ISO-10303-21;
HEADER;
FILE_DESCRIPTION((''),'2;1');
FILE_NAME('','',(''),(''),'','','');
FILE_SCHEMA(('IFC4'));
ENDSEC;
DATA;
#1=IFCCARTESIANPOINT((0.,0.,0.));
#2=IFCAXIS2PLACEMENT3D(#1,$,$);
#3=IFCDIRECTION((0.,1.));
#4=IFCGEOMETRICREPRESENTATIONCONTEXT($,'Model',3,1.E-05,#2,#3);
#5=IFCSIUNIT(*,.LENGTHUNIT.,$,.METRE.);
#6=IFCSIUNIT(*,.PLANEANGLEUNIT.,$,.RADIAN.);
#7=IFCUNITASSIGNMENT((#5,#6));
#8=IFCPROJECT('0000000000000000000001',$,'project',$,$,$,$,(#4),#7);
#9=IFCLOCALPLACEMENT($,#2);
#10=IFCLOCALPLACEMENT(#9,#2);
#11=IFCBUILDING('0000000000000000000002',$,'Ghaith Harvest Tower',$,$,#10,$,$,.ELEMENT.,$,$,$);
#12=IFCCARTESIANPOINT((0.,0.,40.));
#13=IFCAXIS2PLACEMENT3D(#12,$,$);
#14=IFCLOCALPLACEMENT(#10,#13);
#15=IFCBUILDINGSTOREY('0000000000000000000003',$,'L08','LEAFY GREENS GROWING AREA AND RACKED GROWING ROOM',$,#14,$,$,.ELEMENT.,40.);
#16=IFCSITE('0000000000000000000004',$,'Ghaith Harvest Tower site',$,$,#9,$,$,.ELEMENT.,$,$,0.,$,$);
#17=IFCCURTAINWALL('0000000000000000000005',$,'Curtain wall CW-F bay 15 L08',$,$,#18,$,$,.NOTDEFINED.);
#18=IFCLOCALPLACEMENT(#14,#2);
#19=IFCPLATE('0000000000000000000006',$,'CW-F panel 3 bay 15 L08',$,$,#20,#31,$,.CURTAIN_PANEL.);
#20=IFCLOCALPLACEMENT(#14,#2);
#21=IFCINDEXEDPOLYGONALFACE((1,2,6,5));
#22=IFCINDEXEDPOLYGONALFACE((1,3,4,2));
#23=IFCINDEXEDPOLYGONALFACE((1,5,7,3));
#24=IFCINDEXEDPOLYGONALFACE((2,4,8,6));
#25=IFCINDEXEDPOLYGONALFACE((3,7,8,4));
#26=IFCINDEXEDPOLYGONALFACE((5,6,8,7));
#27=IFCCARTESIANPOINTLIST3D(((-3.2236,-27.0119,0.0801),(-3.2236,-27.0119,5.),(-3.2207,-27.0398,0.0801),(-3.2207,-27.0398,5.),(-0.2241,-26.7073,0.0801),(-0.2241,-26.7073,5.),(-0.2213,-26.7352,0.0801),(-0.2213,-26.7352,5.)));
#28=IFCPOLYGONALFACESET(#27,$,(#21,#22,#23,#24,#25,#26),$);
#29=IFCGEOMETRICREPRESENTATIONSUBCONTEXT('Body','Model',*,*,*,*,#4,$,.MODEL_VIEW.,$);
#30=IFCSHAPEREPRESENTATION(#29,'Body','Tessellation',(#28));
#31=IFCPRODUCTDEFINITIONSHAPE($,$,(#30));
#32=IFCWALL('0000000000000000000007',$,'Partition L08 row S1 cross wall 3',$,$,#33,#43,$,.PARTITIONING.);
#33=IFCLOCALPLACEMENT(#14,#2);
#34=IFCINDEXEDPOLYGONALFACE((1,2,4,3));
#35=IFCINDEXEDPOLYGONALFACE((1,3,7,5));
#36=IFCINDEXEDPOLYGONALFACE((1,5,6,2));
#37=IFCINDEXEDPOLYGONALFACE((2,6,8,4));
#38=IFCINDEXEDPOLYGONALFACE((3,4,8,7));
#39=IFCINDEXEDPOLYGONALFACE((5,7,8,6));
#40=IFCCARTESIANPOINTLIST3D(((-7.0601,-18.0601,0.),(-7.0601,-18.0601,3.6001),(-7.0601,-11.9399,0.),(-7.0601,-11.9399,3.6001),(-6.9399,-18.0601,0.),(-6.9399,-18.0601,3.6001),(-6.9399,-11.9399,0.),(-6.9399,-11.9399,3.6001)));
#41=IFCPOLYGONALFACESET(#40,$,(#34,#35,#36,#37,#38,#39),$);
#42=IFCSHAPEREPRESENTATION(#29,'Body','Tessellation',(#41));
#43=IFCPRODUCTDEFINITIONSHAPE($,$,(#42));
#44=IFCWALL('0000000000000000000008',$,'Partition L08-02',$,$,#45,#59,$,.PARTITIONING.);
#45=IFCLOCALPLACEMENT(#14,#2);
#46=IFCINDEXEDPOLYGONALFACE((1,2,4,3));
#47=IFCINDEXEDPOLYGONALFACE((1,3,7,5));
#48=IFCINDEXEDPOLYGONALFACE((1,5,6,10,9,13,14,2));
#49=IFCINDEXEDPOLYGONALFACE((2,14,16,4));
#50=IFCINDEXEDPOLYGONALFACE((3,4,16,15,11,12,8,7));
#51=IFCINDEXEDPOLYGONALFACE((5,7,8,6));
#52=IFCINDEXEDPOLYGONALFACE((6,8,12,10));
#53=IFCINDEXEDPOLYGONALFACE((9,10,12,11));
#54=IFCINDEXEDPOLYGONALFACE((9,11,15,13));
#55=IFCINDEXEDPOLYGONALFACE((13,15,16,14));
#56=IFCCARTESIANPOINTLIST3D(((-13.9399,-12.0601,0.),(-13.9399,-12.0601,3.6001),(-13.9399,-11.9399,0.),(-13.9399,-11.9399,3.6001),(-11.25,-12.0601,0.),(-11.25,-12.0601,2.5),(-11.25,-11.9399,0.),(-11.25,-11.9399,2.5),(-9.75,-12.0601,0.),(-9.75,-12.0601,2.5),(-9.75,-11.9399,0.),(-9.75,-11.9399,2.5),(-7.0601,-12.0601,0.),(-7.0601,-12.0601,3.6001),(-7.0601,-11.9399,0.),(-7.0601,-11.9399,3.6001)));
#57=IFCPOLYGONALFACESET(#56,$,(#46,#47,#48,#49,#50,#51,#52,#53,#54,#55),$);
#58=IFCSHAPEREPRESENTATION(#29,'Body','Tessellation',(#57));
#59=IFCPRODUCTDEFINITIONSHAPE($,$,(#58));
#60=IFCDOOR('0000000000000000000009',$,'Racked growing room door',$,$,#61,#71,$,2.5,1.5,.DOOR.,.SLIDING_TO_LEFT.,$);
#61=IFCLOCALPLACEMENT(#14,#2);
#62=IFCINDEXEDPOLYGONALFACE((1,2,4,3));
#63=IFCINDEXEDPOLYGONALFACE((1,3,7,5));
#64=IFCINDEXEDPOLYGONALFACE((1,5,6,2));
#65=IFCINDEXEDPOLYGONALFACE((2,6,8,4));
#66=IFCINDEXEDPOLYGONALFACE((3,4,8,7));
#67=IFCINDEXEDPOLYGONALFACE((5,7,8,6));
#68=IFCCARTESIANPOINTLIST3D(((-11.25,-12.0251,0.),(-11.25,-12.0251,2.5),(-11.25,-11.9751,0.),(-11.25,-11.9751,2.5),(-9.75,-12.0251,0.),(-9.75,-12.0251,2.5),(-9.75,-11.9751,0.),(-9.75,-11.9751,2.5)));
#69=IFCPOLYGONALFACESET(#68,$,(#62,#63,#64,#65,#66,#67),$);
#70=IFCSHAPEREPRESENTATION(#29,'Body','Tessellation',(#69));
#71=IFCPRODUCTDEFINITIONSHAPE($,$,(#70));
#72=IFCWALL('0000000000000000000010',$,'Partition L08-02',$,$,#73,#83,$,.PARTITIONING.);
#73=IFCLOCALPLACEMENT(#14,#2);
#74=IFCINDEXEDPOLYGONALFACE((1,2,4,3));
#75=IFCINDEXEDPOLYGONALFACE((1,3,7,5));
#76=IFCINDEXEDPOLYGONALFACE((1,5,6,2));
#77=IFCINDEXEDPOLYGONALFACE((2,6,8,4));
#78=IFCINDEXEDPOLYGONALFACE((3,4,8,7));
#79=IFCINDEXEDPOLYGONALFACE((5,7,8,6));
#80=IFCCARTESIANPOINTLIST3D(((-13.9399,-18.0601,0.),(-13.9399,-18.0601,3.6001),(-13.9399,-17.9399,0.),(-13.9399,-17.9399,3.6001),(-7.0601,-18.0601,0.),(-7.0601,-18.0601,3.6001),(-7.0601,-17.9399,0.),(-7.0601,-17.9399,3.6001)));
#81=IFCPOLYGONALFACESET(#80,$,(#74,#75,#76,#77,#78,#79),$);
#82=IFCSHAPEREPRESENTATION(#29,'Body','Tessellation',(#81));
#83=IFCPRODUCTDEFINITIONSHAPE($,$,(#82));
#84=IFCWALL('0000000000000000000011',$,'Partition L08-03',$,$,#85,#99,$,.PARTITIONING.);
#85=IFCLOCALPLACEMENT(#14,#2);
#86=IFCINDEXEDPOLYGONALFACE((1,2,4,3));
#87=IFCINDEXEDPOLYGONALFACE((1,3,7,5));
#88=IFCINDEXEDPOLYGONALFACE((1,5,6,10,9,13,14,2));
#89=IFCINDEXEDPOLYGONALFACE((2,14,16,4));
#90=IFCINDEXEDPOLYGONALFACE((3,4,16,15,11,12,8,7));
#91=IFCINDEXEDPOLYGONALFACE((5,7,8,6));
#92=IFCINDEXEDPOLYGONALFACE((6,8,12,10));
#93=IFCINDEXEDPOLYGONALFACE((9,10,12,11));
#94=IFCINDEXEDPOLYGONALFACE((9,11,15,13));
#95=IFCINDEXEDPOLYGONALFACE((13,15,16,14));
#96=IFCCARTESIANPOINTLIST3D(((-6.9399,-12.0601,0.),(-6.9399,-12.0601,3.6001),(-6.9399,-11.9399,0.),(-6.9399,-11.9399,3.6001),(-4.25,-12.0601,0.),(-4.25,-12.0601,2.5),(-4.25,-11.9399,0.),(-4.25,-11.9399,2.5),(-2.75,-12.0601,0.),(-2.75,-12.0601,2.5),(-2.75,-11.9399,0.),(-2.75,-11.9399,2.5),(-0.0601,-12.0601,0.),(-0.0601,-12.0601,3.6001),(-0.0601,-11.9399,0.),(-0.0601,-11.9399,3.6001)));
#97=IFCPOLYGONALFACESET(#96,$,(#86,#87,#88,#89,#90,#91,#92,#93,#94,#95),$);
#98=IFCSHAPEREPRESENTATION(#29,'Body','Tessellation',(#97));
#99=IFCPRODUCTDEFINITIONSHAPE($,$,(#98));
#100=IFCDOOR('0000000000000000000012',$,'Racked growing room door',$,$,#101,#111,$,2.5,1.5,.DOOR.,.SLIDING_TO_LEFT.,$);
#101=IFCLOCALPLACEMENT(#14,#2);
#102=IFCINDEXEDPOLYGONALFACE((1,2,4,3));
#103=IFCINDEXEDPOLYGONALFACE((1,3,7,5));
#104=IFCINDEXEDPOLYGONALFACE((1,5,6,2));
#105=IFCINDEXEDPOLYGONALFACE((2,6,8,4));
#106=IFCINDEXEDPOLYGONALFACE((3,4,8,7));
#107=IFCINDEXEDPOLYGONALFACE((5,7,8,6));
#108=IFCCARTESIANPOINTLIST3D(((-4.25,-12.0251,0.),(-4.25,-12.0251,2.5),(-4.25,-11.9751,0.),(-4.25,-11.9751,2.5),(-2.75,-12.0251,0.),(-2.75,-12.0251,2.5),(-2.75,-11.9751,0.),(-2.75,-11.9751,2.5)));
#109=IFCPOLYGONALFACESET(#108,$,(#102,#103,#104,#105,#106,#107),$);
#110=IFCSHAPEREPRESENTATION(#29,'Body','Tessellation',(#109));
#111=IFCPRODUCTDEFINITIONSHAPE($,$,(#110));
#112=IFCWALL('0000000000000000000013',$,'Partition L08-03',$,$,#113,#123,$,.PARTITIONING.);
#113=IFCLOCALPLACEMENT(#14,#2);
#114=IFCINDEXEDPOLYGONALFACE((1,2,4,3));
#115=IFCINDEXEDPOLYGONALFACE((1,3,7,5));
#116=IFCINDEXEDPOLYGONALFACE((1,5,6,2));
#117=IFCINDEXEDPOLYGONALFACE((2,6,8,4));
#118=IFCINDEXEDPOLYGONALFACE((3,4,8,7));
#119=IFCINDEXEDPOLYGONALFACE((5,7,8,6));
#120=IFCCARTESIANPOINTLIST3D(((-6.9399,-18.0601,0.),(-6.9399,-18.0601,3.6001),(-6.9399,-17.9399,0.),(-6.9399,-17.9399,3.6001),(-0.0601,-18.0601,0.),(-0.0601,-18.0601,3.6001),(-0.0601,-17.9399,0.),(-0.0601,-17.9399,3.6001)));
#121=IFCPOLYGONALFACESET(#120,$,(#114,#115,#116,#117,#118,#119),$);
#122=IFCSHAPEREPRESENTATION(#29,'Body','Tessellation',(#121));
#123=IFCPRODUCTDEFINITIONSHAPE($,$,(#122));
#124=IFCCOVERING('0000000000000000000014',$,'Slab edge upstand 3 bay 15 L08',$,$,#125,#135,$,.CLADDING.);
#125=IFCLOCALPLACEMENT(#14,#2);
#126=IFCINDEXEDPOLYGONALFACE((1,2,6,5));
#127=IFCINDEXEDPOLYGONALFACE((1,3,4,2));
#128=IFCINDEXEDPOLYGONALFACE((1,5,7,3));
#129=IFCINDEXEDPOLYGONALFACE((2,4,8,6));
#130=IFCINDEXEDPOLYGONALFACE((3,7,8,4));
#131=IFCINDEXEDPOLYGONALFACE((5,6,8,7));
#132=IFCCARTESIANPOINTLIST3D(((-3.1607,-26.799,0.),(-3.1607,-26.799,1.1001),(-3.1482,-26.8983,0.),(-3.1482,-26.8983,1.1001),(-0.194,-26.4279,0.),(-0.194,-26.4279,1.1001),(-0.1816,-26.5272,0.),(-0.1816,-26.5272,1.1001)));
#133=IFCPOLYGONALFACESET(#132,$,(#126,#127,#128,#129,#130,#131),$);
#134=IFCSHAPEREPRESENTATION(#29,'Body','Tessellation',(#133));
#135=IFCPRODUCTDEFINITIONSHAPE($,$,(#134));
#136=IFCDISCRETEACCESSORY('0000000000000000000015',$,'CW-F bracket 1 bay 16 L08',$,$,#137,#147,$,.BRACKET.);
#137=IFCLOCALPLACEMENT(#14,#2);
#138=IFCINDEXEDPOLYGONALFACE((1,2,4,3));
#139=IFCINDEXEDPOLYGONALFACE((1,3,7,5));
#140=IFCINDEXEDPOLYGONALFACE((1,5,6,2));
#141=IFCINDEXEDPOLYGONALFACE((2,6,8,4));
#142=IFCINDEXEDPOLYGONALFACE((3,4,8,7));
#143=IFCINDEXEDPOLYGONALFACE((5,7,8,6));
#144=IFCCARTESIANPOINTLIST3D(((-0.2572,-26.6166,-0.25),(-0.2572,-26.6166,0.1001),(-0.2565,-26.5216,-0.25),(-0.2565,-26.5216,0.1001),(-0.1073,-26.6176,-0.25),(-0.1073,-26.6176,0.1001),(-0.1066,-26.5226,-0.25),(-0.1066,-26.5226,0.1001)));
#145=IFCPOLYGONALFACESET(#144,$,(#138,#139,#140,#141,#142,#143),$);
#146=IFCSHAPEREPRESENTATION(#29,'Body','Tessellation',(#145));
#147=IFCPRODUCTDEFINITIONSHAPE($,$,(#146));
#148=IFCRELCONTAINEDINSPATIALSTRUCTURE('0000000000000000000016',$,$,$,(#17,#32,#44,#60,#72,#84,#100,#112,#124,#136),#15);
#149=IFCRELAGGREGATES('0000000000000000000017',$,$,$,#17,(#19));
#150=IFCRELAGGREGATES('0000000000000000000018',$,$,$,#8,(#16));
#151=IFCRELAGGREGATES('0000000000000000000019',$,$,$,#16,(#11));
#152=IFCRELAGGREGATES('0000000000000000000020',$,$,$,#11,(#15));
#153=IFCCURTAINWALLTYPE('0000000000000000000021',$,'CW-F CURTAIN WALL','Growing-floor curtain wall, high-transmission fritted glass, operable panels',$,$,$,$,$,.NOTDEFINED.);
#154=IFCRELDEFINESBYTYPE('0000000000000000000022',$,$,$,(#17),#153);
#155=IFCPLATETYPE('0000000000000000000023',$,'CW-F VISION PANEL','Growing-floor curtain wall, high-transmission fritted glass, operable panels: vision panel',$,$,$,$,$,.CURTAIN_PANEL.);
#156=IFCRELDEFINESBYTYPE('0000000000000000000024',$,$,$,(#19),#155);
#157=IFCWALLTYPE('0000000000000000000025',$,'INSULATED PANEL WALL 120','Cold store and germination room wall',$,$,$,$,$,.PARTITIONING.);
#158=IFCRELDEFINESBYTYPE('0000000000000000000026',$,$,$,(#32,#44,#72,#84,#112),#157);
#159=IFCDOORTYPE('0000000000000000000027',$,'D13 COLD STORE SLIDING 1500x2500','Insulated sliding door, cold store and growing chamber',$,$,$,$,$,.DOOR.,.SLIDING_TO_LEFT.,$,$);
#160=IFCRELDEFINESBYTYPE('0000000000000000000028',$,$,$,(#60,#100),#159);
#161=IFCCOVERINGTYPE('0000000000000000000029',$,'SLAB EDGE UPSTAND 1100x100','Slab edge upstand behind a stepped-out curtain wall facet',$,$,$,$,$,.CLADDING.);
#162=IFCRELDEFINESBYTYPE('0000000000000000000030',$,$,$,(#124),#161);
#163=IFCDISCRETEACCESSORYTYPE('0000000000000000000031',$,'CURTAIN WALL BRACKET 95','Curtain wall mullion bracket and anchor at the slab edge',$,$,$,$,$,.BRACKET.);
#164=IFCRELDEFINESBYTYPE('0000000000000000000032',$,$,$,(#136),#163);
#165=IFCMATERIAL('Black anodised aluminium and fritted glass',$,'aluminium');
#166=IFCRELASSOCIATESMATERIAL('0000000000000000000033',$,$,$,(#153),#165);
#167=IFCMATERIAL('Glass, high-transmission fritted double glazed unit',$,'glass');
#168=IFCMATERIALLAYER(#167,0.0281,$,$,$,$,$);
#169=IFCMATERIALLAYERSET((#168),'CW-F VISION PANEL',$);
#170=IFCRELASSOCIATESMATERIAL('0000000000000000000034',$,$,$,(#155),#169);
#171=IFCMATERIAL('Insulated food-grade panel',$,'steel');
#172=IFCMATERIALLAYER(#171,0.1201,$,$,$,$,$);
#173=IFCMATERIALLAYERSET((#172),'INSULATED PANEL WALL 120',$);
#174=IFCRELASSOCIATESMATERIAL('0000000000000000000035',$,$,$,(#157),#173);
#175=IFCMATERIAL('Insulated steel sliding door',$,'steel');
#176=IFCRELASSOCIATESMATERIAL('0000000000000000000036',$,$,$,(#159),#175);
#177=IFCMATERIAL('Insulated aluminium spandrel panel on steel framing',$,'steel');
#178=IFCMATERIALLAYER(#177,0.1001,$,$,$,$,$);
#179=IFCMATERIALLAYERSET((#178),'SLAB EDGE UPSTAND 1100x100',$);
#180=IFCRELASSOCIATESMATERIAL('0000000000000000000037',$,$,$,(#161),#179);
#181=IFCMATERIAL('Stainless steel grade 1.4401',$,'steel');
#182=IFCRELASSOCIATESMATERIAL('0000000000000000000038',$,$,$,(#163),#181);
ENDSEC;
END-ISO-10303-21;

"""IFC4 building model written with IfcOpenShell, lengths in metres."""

from ifc_helpers import new_model, si_unit, direction, frame, frame_2d, origin, origin_2d, place, context, subcontext, project, spatial, rectangle, extrude, material, layer, layer_set, type_object, element, fill, aggregate, save


model = new_model("IFC4")

# Units and contexts
model_context = context("Model", 3, precision=1e-05, world=origin(), true_north=direction((0.0, 1.0)))
body_context = subcontext(model_context, "Body", "Model", "MODEL_VIEW")
ifc_project = project(units=[si_unit("LENGTHUNIT", "METRE"), si_unit("PLANEANGLEUNIT", "RADIAN")], contexts=[model_context])

# Site, building, storey
site_placement = place(None, origin())
site = spatial("IfcSite", under=ifc_project, at=site_placement, Name="Ghaith Harvest Tower site", CompositionType="ELEMENT", RefElevation=0.0)
building_placement = place(site_placement, origin())
building = spatial("IfcBuilding", under=site, at=building_placement, Name="Ghaith Harvest Tower", CompositionType="ELEMENT")
storey_placement = place(building_placement, frame((0.0, 0.0, 40.0)))
storey = spatial("IfcBuildingStorey", under=building, at=storey_placement, Name="L08", Description="LEAFY GREENS GROWING AREA AND RACKED GROWING ROOM", CompositionType="ELEMENT", Elevation=40.0)

# Shared definitions
ifc_material_1 = material(Name="Black anodised aluminium and fritted glass", Category="aluminium")
curtain_wall_type = type_object("IfcCurtainWallType", Name="CW-F CURTAIN WALL", Description="Growing-floor curtain wall, high-transmission fritted glass, operable panels", PredefinedType="NOTDEFINED", material=ifc_material_1)

# Curtain wall
curtain_wall_1_placement = place(storey_placement, origin())
curtain_wall_1 = element("IfcCurtainWall", 1, at=curtain_wall_1_placement, inside=storey, type_object=curtain_wall_type, Name="Curtain wall CW-F bay 15 L08", PredefinedType="NOTDEFINED")

# Plate
ifc_material_2 = material(Name="Glass, high-transmission fritted double glazed unit", Category="glass")
ifc_layer_1 = layer(ifc_material_2, 0.0281)
ifc_layer_set_1 = layer_set([ifc_layer_1], Name="CW-F VISION PANEL")
plate_type = type_object("IfcPlateType", Name="CW-F VISION PANEL", Description="Growing-floor curtain wall, high-transmission fritted glass, operable panels: vision panel", PredefinedType="CURTAIN_PANEL", material=ifc_layer_set_1)
plate_1_placement = place(storey_placement, frame((-1.7224, -26.8735, 0.0801), z_axis=(0.0, 0.0, 1.0), x_axis=(0.994882, 0.101041, 0.0)))
plate_1 = element("IfcPlate", 2, at=plate_1_placement, type_object=plate_type, Name="CW-F panel 3 bay 15 L08", PredefinedType="CURTAIN_PANEL", context=body_context, shape_type="SweptSolid", body=[
    extrude(rectangle(XDim=3.0149, YDim=0.0281, at=origin_2d()), origin(), (0.0, 0.0, 1.0), 4.9199),
])
aggregate(curtain_wall_1, [plate_1])

# Wall
ifc_material_3 = material(Name="Insulated food-grade panel", Category="steel")
ifc_layer_2 = layer(ifc_material_3, 0.1201)
ifc_layer_set_2 = layer_set([ifc_layer_2], Name="INSULATED PANEL WALL 120")
wall_type = type_object("IfcWallType", Name="INSULATED PANEL WALL 120", Description="Cold store and germination room wall", PredefinedType="PARTITIONING", material=ifc_layer_set_2)
wall_1_placement = place(storey_placement, frame((-7.0, -11.9399, 0.0), z_axis=(0.0, 0.0, 1.0), x_axis=(0.0, -1.0, 0.0)))
element("IfcWall", 3, at=wall_1_placement, inside=storey, type_object=wall_type, Name="Partition L08 row S1 cross wall 3", PredefinedType="PARTITIONING", context=body_context, shape_type="SweptSolid", body=[
    extrude(rectangle(XDim=6.1201, YDim=0.1201, at=frame_2d((3.0601, 0.0))), origin(), (0.0, 0.0, 1.0), 3.6001),
])

# Wall, opening, door
wall_2_placement = place(storey_placement, frame((-13.9399, -12.0, 0.0), z_axis=(0.0, 0.0, 1.0), x_axis=(1.0, 0.0, 0.0)))
wall_2 = element("IfcWall", 4, at=wall_2_placement, inside=storey, type_object=wall_type, Name="Partition L08-02", PredefinedType="PARTITIONING", context=body_context, shape_type="SweptSolid", body=[
    extrude(rectangle(XDim=6.8799, YDim=0.1201, at=frame_2d((3.4399, 0.0))), origin(), (0.0, 0.0, 1.0), 3.6001),
])
opening_1_placement = place(wall_2_placement, frame((2.6899, 0.0, 0.0)))
opening_1 = element("IfcOpeningElement", 5, at=opening_1_placement, cuts=wall_2, PredefinedType="OPENING", context=body_context, shape_type="SweptSolid", body=[
    extrude(rectangle(XDim=1.5, YDim=2.5, at=frame_2d((0.75, 1.25))), frame((0.0, 0.0701, 0.0), z_axis=(0.0, -1.0, 0.0), x_axis=(1.0, 0.0, 0.0)), (0.0, 0.0, 1.0), 0.1401),
])
ifc_material_4 = material(Name="Insulated steel sliding door", Category="steel")
door_type = type_object("IfcDoorType", Name="D13 COLD STORE SLIDING 1500x2500", Description="Insulated sliding door, cold store and growing chamber", OperationType="SLIDING_TO_LEFT", PredefinedType="DOOR", material=ifc_material_4)
door_1_placement = place(opening_1_placement, origin())
door_1 = element("IfcDoor", 6, at=door_1_placement, inside=storey, type_object=door_type, Name="Racked growing room door", OperationType="SLIDING_TO_LEFT", OverallHeight=2.5, OverallWidth=1.5, PredefinedType="DOOR", context=body_context, shape_type="SweptSolid", body=[
    extrude(rectangle(XDim=1.5, YDim=2.5, at=frame_2d((0.75, 1.25))), frame((0.0, 0.0249, 0.0), z_axis=(0.0, -1.0, 0.0), x_axis=(1.0, 0.0, 0.0)), (0.0, 0.0, 1.0), 0.05),
])
fill(opening_1, door_1)

# Wall
wall_3_placement = place(storey_placement, frame((-13.9399, -18.0, 0.0), z_axis=(0.0, 0.0, 1.0), x_axis=(1.0, 0.0, 0.0)))
element("IfcWall", 7, at=wall_3_placement, inside=storey, type_object=wall_type, Name="Partition L08-02", PredefinedType="PARTITIONING", context=body_context, shape_type="SweptSolid", body=[
    extrude(rectangle(XDim=6.8799, YDim=0.1201, at=frame_2d((3.4399, 0.0))), origin(), (0.0, 0.0, 1.0), 3.6001),
])

# Wall, opening, door
wall_4_placement = place(storey_placement, frame((-6.9399, -12.0, 0.0), z_axis=(0.0, 0.0, 1.0), x_axis=(1.0, 0.0, 0.0)))
wall_4 = element("IfcWall", 8, at=wall_4_placement, inside=storey, type_object=wall_type, Name="Partition L08-03", PredefinedType="PARTITIONING", context=body_context, shape_type="SweptSolid", body=[
    extrude(rectangle(XDim=6.8799, YDim=0.1201, at=frame_2d((3.4399, 0.0))), origin(), (0.0, 0.0, 1.0), 3.6001),
])
opening_2_placement = place(wall_4_placement, frame((2.6899, 0.0, 0.0)))
opening_2 = element("IfcOpeningElement", 9, at=opening_2_placement, cuts=wall_4, PredefinedType="OPENING", context=body_context, shape_type="SweptSolid", body=[
    extrude(rectangle(XDim=1.5, YDim=2.5, at=frame_2d((0.75, 1.25))), frame((0.0, 0.0701, 0.0), z_axis=(0.0, -1.0, 0.0), x_axis=(1.0, 0.0, 0.0)), (0.0, 0.0, 1.0), 0.1401),
])
door_2_placement = place(opening_2_placement, origin())
door_2 = element("IfcDoor", 10, at=door_2_placement, inside=storey, type_object=door_type, Name="Racked growing room door", OperationType="SLIDING_TO_LEFT", OverallHeight=2.5, OverallWidth=1.5, PredefinedType="DOOR", context=body_context, shape_type="SweptSolid", body=[
    extrude(rectangle(XDim=1.5, YDim=2.5, at=frame_2d((0.75, 1.25))), frame((0.0, 0.0249, 0.0), z_axis=(0.0, -1.0, 0.0), x_axis=(1.0, 0.0, 0.0)), (0.0, 0.0, 1.0), 0.05),
])
fill(opening_2, door_2)

# Wall
wall_5_placement = place(storey_placement, frame((-6.9399, -18.0, 0.0), z_axis=(0.0, 0.0, 1.0), x_axis=(1.0, 0.0, 0.0)))
element("IfcWall", 11, at=wall_5_placement, inside=storey, type_object=wall_type, Name="Partition L08-03", PredefinedType="PARTITIONING", context=body_context, shape_type="SweptSolid", body=[
    extrude(rectangle(XDim=6.8799, YDim=0.1201, at=frame_2d((3.4399, 0.0))), origin(), (0.0, 0.0, 1.0), 3.6001),
])

# Covering
ifc_material_5 = material(Name="Insulated aluminium spandrel panel on steel framing", Category="steel")
ifc_layer_3 = layer(ifc_material_5, 0.1001)
ifc_layer_set_3 = layer_set([ifc_layer_3], Name="SLAB EDGE UPSTAND 1100x100")
covering_type = type_object("IfcCoveringType", Name="SLAB EDGE UPSTAND 1100x100", Description="Slab edge upstand behind a stepped-out curtain wall facet", PredefinedType="CLADDING", material=ifc_layer_set_3)
covering_placement = place(storey_placement, frame((-1.6711, -26.6631, 0.0), z_axis=(0.0, 0.0, 1.0), x_axis=(0.992265, 0.124139, 0.0)))
element("IfcCovering", 12, at=covering_placement, inside=storey, type_object=covering_type, Name="Slab edge upstand 3 bay 15 L08", PredefinedType="CLADDING", context=body_context, shape_type="SweptSolid", body=[
    extrude(rectangle(XDim=2.9897, YDim=0.1001, at=origin_2d()), origin(), (0.0, 0.0, 1.0), 1.1001),
])

# Discrete accessory
ifc_material_6 = material(Name="Stainless steel grade 1.4401", Category="steel")
discrete_accessory_type = type_object("IfcDiscreteAccessoryType", Name="CURTAIN WALL BRACKET 95", Description="Curtain wall mullion bracket and anchor at the slab edge", PredefinedType="BRACKET", material=ifc_material_6)
discrete_accessory_placement = place(storey_placement, frame((-0.1819, -26.5696, -0.25), z_axis=(0.0, 0.0, 1.0), x_axis=(-0.006844, -0.999977, 0.0)))
element("IfcDiscreteAccessory", 13, at=discrete_accessory_placement, inside=storey, type_object=discrete_accessory_type, Name="CW-F bracket 1 bay 16 L08", PredefinedType="BRACKET", context=body_context, shape_type="SweptSolid", body=[
    extrude(rectangle(XDim=0.095, YDim=0.1499, at=origin_2d()), origin(), (0.0, 0.0, 1.0), 0.3501),
])

save(model, "model.ifc")
